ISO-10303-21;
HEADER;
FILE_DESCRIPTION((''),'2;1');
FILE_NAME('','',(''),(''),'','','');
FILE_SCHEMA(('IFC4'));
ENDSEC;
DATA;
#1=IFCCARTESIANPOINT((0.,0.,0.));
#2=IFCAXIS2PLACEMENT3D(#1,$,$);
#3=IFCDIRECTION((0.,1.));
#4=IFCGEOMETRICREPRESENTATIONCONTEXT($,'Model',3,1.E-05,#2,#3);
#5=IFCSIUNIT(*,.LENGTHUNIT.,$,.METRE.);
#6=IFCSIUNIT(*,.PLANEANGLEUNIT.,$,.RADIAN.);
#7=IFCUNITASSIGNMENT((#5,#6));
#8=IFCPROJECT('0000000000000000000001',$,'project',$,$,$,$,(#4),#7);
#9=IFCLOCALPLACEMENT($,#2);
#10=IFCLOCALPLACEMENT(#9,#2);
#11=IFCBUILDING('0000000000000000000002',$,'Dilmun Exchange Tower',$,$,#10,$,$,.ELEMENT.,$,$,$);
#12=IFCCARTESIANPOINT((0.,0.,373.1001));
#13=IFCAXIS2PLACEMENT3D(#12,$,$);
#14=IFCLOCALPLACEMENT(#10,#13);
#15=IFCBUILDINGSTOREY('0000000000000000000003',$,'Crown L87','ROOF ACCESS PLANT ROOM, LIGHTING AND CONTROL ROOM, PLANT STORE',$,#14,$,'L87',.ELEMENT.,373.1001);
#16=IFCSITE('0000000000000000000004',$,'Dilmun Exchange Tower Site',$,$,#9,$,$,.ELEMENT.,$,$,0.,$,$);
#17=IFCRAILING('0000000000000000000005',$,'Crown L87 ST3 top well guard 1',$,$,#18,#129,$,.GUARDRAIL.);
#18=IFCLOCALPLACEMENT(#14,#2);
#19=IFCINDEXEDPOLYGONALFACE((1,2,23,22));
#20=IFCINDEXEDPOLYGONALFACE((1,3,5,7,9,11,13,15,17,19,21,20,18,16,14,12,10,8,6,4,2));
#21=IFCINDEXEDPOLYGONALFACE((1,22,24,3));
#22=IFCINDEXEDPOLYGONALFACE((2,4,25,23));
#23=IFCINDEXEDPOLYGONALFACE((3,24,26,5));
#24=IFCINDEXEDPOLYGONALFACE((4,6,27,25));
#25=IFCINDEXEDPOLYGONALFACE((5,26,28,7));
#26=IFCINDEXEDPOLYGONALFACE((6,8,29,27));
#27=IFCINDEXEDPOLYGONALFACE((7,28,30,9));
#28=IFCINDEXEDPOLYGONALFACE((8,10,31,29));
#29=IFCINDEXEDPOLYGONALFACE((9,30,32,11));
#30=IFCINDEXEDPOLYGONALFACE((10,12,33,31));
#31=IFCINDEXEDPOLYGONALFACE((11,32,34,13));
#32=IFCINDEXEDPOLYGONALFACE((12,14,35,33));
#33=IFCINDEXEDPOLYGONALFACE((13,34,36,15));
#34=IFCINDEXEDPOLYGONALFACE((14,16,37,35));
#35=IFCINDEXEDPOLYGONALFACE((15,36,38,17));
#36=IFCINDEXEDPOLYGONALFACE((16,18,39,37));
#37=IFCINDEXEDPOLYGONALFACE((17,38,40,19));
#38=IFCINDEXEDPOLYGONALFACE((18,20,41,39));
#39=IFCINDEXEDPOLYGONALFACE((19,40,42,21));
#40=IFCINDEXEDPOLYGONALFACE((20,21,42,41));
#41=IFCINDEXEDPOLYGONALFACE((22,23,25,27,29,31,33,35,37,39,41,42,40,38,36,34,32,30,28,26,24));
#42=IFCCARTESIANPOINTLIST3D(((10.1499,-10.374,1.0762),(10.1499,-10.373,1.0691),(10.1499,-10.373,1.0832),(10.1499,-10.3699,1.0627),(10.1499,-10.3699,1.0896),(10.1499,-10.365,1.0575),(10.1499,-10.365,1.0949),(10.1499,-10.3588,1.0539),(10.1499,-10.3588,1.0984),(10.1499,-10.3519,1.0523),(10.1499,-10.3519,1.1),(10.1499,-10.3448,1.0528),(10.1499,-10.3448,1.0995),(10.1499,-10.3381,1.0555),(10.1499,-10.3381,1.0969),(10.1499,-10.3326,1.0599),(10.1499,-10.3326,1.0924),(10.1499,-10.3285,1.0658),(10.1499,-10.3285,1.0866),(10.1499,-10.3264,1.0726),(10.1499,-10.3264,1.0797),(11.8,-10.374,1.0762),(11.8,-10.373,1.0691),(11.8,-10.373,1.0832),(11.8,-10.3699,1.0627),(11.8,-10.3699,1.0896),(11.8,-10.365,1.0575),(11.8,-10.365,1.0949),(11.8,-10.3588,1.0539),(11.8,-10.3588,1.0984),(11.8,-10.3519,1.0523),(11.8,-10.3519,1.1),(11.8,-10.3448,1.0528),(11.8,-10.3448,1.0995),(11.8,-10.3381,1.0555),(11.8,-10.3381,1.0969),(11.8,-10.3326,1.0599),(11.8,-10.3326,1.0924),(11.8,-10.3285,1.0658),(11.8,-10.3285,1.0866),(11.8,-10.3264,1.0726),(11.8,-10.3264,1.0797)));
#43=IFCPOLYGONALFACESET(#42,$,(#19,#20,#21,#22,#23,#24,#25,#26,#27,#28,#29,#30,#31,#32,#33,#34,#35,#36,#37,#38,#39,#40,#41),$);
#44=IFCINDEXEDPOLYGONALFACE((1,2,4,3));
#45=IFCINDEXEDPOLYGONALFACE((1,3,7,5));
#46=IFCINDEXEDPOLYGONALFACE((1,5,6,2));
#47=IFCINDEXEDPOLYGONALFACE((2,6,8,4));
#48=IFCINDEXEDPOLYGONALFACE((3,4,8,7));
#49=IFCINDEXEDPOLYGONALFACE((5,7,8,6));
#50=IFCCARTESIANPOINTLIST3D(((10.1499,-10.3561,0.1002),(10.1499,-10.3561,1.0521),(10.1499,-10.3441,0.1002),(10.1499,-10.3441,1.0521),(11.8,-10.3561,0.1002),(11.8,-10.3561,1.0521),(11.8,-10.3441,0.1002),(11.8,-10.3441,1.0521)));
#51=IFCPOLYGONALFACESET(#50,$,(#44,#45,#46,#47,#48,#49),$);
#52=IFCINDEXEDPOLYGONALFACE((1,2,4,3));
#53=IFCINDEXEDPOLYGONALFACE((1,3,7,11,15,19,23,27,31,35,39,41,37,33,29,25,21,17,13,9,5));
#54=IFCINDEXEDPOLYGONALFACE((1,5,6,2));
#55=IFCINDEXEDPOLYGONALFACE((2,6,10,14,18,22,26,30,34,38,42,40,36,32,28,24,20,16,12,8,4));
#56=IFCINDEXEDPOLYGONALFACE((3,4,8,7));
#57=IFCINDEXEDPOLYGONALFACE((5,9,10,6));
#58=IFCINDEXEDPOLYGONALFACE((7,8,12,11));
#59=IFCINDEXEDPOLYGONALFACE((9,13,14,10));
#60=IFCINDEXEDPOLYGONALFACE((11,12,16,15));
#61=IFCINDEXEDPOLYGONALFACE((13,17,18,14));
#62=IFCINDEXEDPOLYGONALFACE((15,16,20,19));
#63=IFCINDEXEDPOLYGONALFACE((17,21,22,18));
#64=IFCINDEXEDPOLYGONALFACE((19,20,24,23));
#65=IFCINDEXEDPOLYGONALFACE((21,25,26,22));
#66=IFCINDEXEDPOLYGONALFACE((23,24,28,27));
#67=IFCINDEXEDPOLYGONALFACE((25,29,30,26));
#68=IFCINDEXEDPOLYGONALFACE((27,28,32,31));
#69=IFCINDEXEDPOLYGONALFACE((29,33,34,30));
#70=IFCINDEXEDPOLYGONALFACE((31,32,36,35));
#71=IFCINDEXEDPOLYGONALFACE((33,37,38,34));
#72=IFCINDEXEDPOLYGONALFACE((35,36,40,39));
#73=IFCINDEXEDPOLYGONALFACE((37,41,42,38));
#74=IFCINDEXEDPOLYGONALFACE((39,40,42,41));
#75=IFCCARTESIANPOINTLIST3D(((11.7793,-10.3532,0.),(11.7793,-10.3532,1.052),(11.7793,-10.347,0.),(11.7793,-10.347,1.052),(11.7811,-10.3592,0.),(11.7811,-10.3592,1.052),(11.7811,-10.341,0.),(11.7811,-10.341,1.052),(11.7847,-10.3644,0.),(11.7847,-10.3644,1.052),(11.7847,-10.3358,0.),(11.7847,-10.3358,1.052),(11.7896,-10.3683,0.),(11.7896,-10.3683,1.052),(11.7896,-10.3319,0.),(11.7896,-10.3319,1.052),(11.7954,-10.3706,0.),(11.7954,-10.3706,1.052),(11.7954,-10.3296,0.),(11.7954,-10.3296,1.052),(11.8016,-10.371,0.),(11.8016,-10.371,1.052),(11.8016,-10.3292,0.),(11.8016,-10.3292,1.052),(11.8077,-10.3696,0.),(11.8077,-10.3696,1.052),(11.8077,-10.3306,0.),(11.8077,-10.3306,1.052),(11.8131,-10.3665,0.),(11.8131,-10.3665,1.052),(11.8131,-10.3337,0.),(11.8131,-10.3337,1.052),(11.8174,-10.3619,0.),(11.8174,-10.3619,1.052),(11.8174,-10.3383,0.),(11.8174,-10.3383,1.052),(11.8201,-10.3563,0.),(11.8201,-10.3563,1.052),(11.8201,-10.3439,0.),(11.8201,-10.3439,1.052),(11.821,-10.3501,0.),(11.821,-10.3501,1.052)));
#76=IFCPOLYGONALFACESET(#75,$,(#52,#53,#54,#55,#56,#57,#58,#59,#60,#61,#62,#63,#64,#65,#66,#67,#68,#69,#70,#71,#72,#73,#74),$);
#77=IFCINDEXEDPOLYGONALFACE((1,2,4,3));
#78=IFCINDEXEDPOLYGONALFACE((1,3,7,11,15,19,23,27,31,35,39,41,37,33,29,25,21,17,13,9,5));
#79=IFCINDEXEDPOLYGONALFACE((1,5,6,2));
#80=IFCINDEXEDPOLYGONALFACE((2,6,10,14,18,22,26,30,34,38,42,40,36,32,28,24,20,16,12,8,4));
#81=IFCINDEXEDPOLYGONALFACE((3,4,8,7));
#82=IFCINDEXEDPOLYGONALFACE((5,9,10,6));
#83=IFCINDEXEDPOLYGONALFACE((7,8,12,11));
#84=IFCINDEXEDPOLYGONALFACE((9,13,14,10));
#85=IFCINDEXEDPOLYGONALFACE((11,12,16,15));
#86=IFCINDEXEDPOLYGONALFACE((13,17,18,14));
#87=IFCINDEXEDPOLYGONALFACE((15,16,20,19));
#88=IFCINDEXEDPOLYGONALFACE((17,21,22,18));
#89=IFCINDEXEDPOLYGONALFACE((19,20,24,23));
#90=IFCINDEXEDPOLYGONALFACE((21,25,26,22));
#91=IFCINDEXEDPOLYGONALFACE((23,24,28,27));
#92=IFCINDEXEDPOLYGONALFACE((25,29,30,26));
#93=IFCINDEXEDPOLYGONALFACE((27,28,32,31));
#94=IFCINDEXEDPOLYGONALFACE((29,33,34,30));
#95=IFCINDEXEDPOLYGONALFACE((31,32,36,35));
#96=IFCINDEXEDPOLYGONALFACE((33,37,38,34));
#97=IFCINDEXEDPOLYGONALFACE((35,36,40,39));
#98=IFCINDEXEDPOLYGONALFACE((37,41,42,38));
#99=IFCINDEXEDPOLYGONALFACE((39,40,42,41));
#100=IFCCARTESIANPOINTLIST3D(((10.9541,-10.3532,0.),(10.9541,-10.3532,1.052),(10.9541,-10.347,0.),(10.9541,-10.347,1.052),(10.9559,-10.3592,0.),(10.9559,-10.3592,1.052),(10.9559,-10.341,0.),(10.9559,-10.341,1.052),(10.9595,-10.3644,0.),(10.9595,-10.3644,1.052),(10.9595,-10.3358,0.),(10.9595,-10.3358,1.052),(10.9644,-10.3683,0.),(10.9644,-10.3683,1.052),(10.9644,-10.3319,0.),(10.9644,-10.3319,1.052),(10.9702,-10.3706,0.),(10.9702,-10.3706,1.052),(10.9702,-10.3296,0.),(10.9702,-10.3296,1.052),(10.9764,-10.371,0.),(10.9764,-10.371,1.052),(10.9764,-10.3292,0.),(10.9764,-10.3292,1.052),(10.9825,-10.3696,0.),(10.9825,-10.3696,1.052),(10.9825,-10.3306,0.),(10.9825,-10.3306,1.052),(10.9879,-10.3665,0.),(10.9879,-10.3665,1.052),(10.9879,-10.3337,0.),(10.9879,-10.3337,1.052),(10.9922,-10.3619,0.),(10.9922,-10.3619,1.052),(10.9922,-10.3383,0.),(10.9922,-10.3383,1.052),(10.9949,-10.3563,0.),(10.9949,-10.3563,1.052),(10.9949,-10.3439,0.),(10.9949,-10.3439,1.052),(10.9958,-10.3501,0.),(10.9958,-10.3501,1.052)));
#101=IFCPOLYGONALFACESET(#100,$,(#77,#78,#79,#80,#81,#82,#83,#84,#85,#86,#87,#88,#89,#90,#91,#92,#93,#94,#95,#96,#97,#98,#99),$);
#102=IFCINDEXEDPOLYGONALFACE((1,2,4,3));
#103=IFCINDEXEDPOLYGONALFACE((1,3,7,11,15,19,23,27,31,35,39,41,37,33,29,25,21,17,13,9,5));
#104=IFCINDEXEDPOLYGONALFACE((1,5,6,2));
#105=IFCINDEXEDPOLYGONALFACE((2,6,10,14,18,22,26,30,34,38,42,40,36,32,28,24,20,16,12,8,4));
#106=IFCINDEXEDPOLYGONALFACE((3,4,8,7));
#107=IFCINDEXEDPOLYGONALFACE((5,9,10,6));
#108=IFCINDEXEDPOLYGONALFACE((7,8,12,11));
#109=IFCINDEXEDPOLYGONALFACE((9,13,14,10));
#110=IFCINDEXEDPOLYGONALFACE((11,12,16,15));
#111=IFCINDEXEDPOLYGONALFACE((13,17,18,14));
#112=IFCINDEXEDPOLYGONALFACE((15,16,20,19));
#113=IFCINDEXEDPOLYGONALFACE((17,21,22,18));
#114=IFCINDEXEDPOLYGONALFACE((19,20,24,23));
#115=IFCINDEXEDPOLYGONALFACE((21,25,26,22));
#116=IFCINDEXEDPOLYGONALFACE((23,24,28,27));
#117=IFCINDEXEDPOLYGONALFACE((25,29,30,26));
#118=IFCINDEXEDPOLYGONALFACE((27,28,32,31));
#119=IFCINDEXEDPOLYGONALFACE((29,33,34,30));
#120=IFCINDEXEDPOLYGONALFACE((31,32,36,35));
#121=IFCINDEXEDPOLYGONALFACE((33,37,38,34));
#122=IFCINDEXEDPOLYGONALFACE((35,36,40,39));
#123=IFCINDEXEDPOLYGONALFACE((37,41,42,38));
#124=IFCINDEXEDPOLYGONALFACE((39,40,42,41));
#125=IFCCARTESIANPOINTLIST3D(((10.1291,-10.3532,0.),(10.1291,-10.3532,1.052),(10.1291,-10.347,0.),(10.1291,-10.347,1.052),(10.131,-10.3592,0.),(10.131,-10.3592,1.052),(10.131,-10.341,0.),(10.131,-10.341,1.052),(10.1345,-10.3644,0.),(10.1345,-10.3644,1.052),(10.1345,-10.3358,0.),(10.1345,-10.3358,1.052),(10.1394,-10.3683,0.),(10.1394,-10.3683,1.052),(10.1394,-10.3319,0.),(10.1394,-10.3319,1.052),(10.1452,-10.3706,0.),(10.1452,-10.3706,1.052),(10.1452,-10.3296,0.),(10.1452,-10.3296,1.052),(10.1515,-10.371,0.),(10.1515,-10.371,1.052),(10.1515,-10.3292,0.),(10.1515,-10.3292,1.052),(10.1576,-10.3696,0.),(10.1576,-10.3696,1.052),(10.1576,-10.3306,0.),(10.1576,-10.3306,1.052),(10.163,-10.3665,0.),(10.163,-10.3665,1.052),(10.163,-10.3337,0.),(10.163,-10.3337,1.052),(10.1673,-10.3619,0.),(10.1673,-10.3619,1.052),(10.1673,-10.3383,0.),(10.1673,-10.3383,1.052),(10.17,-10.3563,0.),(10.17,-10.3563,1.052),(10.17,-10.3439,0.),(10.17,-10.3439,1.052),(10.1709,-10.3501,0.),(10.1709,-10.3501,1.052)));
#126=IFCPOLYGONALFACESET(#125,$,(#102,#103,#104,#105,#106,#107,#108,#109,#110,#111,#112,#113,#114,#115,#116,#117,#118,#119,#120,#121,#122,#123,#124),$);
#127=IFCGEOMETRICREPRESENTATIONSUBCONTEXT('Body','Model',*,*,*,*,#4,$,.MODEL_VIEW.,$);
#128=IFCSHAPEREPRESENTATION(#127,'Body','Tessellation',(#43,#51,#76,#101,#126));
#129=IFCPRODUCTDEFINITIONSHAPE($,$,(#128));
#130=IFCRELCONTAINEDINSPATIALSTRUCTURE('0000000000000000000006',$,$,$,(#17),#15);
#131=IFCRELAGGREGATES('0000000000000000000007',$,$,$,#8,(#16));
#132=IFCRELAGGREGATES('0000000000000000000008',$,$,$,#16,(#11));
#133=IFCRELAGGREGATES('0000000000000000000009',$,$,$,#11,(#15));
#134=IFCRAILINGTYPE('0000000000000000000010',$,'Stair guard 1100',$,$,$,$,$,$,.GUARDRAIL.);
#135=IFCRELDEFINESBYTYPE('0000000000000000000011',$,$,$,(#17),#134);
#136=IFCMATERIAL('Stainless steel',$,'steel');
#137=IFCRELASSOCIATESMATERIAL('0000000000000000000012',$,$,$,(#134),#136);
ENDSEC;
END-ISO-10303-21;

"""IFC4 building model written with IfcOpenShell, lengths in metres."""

from ifc_helpers import new_model, si_unit, direction, frame, origin, origin_2d, place, context, subcontext, project, spatial, rectangle, circle, extrude, material, type_object, element, save


model = new_model("IFC4")

# Units and contexts
model_context = context("Model", 3, precision=1e-05, world=origin(), true_north=direction((0.0, 1.0)))
body_context = subcontext(model_context, "Body", "Model", "MODEL_VIEW")
ifc_project = project(units=[si_unit("LENGTHUNIT", "METRE"), si_unit("PLANEANGLEUNIT", "RADIAN")], contexts=[model_context])

# Site, building, storey
site_placement = place(None, origin())
site = spatial("IfcSite", under=ifc_project, at=site_placement, Name="Dilmun Exchange Tower Site", CompositionType="ELEMENT", RefElevation=0.0)
building_placement = place(site_placement, origin())
building = spatial("IfcBuilding", under=site, at=building_placement, Name="Dilmun Exchange Tower", CompositionType="ELEMENT")
storey_placement = place(building_placement, frame((0.0, 0.0, 373.1001)))
storey = spatial("IfcBuildingStorey", under=building, at=storey_placement, Name="Crown L87", Description="ROOF ACCESS PLANT ROOM, LIGHTING AND CONTROL ROOM, PLANT STORE", LongName="L87", CompositionType="ELEMENT", Elevation=373.1001)

# Railing
ifc_material_1 = material(Name="Stainless steel", Category="steel")
railing_type = type_object("IfcRailingType", Name="Stair guard 1100", PredefinedType="GUARDRAIL", material=ifc_material_1)
railing_placement = place(storey_placement, frame((11.8, -10.3501, 0.0)))
element("IfcRailing", 1, at=railing_placement, inside=storey, type_object=railing_type, Name="Crown L87 ST3 top well guard 1", PredefinedType="GUARDRAIL", context=body_context, shape_type="SweptSolid", body=[
    extrude(circle(Radius=0.0239, at=origin_2d()), frame((0.0, 0.0, 1.0762), z_axis=(-1.0, 0.0, 0.0), x_axis=(0.0, -1.0, 0.0)), (0.0, 0.0, 1.0), 1.6501),
    extrude(rectangle(XDim=0.012, YDim=0.9519, at=origin_2d()), frame((0.0, 0.0, 0.5762), z_axis=(-1.0, 0.0, 0.0), x_axis=(0.0, -1.0, 0.0)), (0.0, 0.0, 1.0), 1.6501),
    extrude(circle(Radius=0.021, at=origin_2d()), origin(), (0.0, 0.0, 1.0), 1.052),
    extrude(circle(Radius=0.021, at=origin_2d()), frame((-0.8252, 0.0, 0.0)), (0.0, 0.0, 1.0), 1.052),
    extrude(circle(Radius=0.021, at=origin_2d()), frame((-1.6501, 0.0, 0.0)), (0.0, 0.0, 1.0), 1.052),
])

save(model, "model.ifc")
